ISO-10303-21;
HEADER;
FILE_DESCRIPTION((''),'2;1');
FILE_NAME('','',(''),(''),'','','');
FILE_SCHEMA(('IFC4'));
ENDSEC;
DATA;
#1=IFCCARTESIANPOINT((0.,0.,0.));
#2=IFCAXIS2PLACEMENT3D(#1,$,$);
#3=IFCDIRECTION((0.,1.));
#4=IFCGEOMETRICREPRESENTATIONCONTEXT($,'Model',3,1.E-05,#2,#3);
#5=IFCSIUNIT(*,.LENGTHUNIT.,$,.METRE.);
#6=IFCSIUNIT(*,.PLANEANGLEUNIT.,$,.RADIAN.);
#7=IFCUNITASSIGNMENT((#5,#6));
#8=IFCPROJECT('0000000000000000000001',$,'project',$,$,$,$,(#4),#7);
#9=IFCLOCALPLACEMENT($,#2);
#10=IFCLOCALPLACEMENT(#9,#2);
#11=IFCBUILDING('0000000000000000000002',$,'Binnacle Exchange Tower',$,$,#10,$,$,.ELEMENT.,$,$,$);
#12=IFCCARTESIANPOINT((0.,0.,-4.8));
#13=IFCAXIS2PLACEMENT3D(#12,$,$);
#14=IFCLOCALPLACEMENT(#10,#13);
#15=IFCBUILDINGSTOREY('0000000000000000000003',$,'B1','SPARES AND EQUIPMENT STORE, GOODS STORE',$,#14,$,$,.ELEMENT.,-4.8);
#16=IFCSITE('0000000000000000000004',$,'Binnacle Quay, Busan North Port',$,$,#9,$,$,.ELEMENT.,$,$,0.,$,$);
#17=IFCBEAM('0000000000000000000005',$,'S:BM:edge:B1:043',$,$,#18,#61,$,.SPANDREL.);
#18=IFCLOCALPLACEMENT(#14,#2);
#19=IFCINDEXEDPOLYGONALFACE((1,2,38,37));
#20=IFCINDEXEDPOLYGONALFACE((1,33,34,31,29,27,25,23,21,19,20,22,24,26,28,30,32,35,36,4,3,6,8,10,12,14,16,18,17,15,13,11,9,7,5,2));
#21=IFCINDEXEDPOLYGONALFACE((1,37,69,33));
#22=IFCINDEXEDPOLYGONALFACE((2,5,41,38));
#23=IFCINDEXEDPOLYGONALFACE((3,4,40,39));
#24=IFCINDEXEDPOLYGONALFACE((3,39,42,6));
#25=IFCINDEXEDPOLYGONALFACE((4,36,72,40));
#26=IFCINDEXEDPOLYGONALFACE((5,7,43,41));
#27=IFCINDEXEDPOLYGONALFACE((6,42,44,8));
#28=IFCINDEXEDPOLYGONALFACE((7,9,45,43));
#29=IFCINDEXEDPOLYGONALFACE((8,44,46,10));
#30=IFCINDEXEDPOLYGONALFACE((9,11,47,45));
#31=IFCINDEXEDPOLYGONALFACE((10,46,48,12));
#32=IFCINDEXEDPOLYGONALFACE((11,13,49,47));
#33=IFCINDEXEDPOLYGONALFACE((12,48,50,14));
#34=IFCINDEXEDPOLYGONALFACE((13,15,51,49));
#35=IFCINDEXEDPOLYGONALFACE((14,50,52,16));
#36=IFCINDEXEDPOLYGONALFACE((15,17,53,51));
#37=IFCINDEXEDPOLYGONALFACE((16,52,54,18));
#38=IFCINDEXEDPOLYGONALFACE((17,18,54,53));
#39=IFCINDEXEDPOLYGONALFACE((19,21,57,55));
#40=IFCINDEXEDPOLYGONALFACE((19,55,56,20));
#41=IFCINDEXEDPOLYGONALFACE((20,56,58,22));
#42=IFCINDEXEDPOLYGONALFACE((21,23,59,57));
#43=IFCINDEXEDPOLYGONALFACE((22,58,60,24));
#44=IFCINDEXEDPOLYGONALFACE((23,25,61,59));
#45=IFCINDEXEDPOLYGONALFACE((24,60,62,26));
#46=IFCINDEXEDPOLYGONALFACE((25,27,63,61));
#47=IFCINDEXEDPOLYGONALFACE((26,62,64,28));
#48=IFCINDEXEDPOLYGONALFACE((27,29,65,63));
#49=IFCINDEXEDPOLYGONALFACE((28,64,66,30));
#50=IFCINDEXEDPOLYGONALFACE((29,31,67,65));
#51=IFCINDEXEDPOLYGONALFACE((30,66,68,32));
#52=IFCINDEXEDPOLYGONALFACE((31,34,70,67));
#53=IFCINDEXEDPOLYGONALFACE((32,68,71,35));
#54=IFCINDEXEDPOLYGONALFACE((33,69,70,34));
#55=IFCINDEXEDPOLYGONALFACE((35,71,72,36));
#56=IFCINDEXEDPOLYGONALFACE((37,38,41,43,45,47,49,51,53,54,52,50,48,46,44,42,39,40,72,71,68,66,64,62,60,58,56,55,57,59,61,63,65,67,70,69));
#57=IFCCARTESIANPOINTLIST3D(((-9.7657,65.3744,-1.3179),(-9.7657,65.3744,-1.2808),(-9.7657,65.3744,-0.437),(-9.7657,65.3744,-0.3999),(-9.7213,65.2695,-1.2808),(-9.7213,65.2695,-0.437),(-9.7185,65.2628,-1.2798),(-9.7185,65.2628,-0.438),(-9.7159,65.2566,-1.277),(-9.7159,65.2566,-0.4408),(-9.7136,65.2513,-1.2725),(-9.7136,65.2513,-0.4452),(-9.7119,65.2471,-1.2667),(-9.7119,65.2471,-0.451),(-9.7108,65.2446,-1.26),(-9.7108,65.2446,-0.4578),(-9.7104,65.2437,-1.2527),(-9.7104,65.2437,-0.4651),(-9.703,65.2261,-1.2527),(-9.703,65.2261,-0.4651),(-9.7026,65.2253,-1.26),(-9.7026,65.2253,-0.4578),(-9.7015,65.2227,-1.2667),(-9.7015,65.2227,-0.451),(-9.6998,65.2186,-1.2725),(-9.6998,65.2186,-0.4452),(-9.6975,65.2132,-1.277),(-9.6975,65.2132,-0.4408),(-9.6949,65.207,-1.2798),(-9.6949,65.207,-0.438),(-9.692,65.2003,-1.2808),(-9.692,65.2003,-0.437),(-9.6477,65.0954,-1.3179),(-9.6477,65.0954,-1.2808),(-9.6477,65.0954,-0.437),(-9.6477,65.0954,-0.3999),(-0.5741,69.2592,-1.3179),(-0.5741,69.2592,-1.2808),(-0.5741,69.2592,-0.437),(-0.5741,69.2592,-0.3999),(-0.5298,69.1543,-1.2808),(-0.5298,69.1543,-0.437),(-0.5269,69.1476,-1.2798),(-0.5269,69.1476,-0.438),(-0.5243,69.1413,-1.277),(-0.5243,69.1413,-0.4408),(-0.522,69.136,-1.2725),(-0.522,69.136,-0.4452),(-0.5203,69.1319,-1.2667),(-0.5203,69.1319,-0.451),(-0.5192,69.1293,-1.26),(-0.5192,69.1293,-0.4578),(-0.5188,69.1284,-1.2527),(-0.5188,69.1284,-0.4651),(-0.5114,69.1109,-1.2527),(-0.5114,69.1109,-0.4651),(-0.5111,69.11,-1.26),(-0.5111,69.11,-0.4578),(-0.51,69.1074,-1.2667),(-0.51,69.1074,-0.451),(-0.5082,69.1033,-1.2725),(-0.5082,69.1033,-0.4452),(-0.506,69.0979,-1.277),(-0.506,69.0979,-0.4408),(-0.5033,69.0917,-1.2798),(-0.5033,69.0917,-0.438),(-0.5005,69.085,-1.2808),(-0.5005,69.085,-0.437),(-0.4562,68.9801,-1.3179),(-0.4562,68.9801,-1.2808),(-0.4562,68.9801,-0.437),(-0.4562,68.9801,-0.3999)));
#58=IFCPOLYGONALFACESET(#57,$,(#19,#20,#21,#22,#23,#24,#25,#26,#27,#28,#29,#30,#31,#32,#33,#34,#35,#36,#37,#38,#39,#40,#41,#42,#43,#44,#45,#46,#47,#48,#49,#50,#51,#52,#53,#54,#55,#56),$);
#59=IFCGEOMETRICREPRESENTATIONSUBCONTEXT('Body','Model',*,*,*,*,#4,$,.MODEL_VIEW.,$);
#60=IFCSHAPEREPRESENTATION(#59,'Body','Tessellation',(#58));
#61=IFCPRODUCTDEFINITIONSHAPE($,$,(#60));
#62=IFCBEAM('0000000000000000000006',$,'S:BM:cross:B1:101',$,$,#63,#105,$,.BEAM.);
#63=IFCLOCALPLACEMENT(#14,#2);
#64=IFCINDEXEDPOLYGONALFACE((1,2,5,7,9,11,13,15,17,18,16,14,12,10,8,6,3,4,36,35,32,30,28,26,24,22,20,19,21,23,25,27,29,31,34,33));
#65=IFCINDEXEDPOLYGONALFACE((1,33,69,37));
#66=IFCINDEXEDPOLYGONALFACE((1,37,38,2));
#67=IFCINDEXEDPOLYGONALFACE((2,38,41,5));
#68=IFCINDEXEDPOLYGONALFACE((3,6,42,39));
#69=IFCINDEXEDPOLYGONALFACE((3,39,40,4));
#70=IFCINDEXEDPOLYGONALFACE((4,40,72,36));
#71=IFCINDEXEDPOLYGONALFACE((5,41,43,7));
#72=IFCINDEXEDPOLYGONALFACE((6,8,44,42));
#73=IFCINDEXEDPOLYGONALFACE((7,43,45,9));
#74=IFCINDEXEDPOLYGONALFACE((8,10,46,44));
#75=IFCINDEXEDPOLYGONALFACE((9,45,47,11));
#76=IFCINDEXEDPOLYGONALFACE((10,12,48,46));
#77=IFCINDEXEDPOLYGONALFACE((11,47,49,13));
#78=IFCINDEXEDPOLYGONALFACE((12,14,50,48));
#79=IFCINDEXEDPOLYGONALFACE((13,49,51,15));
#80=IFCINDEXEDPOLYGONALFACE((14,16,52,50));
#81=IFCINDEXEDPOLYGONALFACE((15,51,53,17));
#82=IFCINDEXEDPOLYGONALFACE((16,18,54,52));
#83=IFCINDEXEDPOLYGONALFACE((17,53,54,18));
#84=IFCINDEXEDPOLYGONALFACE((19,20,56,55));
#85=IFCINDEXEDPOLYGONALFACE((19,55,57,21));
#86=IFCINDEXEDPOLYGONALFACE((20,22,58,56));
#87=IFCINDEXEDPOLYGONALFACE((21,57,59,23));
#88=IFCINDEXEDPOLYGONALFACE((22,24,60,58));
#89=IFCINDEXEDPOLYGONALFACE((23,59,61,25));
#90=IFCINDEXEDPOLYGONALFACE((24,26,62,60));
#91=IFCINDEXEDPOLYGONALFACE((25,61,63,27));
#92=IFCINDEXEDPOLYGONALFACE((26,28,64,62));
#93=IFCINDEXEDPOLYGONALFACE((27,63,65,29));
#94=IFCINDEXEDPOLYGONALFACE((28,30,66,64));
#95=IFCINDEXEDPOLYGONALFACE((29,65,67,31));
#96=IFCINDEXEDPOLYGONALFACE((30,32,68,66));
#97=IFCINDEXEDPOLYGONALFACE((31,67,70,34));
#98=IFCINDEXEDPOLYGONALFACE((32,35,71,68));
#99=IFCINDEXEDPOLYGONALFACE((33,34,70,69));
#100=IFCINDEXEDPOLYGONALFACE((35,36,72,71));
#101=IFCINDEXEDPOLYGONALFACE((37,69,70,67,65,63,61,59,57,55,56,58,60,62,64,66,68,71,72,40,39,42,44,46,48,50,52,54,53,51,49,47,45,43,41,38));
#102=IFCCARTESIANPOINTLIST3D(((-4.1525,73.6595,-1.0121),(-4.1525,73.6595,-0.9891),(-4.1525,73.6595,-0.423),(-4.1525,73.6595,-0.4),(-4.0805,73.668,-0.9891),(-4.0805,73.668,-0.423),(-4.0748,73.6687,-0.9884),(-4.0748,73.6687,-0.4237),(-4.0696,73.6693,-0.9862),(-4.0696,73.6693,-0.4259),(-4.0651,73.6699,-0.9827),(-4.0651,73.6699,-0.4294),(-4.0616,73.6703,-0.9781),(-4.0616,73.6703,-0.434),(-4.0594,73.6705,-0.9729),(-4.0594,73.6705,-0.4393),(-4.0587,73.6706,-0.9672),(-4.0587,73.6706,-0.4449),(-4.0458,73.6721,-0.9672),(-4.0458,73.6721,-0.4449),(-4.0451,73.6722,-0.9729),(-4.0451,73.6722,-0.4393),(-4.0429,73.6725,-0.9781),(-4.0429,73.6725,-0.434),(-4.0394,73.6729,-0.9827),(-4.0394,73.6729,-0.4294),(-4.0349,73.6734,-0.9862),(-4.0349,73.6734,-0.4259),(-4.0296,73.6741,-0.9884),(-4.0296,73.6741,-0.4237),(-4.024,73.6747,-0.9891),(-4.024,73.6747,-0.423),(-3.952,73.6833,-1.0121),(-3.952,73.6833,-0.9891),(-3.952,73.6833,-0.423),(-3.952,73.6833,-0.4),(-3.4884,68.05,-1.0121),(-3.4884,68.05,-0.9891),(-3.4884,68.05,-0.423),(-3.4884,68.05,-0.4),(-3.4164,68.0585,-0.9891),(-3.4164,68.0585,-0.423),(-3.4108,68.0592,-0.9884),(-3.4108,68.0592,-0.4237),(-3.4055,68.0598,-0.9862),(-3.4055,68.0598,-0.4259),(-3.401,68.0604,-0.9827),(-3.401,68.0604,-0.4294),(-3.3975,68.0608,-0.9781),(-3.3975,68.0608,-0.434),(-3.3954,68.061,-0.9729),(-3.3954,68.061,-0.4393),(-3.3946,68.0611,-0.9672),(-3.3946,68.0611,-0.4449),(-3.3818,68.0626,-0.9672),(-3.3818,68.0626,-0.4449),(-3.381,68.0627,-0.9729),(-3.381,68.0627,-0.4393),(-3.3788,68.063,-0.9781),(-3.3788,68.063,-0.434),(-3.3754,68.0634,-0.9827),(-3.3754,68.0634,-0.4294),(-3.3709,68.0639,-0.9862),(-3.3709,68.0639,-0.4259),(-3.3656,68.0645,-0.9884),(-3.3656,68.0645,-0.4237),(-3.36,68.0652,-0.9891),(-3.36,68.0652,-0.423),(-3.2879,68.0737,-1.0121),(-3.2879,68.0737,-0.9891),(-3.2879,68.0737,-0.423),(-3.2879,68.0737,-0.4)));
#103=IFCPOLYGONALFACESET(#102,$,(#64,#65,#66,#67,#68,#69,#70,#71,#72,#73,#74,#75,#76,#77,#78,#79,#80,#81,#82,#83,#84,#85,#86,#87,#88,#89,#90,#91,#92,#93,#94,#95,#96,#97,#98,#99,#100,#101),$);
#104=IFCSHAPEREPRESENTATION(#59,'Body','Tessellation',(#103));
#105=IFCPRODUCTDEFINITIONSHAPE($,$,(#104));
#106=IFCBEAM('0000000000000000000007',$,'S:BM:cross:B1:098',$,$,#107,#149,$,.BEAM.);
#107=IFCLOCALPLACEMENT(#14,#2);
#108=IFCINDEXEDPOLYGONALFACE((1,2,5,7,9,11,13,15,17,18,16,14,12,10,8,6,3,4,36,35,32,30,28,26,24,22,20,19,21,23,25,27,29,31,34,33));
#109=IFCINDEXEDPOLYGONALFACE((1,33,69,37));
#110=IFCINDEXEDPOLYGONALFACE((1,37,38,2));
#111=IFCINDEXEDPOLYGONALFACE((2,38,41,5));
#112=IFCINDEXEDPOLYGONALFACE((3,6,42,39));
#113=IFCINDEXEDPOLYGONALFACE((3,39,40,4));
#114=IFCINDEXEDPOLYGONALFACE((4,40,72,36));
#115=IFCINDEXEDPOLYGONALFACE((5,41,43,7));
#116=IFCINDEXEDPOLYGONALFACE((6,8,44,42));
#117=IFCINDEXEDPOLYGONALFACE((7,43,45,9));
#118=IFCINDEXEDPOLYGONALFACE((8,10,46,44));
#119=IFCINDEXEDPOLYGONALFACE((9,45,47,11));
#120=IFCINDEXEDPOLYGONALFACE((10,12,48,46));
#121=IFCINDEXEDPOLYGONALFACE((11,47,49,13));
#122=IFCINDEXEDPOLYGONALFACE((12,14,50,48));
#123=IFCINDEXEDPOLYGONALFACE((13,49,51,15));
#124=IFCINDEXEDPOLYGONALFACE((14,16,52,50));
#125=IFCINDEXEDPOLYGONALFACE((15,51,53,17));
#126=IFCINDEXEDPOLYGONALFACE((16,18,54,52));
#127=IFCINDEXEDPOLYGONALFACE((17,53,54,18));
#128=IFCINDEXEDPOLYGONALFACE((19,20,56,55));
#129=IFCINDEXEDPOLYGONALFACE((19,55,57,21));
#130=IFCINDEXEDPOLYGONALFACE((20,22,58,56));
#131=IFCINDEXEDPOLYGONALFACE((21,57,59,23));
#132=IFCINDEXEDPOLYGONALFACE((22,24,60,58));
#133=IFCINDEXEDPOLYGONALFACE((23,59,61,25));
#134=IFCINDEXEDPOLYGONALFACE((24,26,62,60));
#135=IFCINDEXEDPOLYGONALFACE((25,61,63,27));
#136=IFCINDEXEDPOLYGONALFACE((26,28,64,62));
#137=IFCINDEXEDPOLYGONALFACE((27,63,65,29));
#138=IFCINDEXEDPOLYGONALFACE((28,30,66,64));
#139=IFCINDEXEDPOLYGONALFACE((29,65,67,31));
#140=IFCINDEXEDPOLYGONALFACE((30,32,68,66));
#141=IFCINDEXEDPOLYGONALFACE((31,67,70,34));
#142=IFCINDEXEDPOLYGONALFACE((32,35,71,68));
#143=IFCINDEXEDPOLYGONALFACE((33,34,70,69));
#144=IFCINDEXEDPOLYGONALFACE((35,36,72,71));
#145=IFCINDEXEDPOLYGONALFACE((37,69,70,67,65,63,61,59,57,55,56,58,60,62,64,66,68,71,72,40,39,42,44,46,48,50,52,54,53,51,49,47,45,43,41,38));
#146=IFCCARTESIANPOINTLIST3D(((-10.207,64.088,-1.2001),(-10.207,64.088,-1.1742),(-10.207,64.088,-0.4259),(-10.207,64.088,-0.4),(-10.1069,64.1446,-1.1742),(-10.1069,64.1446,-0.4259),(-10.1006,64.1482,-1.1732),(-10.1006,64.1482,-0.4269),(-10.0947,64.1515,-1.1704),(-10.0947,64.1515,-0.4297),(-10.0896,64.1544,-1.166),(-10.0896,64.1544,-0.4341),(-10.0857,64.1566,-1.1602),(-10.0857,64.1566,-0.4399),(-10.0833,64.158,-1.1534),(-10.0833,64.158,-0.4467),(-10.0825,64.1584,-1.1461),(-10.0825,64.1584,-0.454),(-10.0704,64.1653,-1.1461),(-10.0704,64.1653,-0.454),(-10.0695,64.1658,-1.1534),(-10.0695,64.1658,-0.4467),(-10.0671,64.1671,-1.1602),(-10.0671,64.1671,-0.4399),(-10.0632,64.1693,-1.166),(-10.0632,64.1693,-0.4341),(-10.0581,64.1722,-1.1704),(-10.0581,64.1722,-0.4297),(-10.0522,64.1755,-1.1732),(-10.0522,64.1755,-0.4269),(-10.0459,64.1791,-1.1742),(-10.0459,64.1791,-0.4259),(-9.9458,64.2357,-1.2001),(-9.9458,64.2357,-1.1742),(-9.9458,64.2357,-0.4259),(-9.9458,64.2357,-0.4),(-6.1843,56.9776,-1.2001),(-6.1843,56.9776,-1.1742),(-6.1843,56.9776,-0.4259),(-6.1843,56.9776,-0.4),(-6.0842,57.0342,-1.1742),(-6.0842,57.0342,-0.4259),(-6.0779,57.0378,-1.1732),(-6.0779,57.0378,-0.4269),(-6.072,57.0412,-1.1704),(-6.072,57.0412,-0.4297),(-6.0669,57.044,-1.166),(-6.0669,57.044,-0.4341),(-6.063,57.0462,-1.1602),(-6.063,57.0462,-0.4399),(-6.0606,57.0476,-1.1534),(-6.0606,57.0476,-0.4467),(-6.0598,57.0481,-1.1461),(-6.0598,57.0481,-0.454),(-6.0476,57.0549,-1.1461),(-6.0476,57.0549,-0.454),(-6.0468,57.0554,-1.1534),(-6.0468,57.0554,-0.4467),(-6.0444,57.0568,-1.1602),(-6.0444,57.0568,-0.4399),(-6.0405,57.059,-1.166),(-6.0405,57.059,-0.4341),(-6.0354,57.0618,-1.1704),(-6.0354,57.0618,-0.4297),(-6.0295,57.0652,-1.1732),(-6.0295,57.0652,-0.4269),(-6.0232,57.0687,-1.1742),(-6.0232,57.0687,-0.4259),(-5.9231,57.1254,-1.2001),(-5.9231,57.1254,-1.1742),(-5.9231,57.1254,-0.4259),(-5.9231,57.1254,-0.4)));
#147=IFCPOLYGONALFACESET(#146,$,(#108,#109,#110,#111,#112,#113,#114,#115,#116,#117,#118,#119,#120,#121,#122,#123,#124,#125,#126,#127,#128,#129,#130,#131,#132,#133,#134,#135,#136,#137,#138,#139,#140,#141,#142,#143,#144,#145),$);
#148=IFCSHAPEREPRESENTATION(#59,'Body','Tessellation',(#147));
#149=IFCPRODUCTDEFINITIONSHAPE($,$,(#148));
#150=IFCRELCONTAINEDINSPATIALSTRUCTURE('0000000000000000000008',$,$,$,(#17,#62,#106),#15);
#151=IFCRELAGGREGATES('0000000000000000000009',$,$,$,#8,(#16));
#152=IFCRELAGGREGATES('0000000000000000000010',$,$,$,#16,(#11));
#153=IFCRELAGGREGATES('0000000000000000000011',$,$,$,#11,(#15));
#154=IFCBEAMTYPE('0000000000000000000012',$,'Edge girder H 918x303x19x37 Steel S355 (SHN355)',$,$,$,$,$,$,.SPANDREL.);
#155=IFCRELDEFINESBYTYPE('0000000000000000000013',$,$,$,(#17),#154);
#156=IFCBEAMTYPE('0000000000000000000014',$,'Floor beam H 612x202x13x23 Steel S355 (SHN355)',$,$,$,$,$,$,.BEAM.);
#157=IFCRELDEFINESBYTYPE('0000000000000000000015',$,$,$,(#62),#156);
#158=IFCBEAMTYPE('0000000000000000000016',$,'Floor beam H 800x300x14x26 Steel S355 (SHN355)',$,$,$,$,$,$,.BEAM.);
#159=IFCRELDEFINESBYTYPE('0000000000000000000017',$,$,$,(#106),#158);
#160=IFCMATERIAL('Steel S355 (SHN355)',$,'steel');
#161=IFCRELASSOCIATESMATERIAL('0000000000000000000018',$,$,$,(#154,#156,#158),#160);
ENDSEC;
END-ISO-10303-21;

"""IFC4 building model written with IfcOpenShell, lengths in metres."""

from ifc_helpers import new_model, si_unit, direction, frame, origin, origin_2d, place, context, subcontext, project, spatial, i_section, extrude, material, material_profile, profile_set, type_object, element, save


model = new_model("IFC4")

# Units and contexts
model_context = context("Model", 3, precision=1e-05, world=origin(), true_north=direction((0.0, 1.0)))
body_context = subcontext(model_context, "Body", "Model", "MODEL_VIEW")
ifc_project = project(units=[si_unit("LENGTHUNIT", "METRE"), si_unit("PLANEANGLEUNIT", "RADIAN")], contexts=[model_context])

# Site, building, storey
site_placement = place(None, origin())
site = spatial("IfcSite", under=ifc_project, at=site_placement, Name="Binnacle Quay, Busan North Port", CompositionType="ELEMENT", RefElevation=0.0)
building_placement = place(site_placement, origin())
building = spatial("IfcBuilding", under=site, at=building_placement, Name="Binnacle Exchange Tower", CompositionType="ELEMENT")
storey_placement = place(building_placement, frame((0.0, 0.0, -4.8)))
storey = spatial("IfcBuildingStorey", under=building, at=storey_placement, Name="B1", Description="SPARES AND EQUIPMENT STORE, GOODS STORE", CompositionType="ELEMENT", Elevation=-4.8)

# Beams
ifc_material_1 = material(Name="Steel S355 (SHN355)", Category="steel")
ifc_material_profile_1 = material_profile(ifc_material_1, i_section(OverallWidth=0.303, OverallDepth=0.918, WebThickness=0.019, FlangeThickness=0.0371, FilletRadius=0.0281, at=origin_2d()), Name="H 918x303x19x37")
ifc_profile_set_1 = profile_set([ifc_material_profile_1], Name="Steel S355 (SHN355)")
beam_type_1 = type_object("IfcBeamType", Name="Edge girder H 918x303x19x37 Steel S355 (SHN355)", PredefinedType="SPANDREL", material=ifc_profile_set_1)
beam_1_placement = place(storey_placement, frame((-0.5151, 69.1196, -0.8589), z_axis=(-0.921111, -0.389299, 0.0), x_axis=(0.389299, -0.921111, 0.0)))
element("IfcBeam", 1, at=beam_1_placement, inside=storey, type_object=beam_type_1, Name="S:BM:edge:B1:043", PredefinedType="SPANDREL", context=body_context, shape_type="SweptSolid", body=[
    extrude(i_section(OverallWidth=0.303, OverallDepth=0.918, WebThickness=0.019, FlangeThickness=0.0371, FilletRadius=0.0281, at=origin_2d()), origin(), (0.0, 0.0, 1.0), 9.9788),
])
ifc_material_profile_2 = material_profile(ifc_material_1, i_section(OverallWidth=0.2019, OverallDepth=0.6121, WebThickness=0.0129, FlangeThickness=0.0229, FilletRadius=0.022, at=origin_2d()), Name="H 612x202x13x23")
ifc_profile_set_2 = profile_set([ifc_material_profile_2], Name="Steel S355 (SHN355)")
beam_type_2 = type_object("IfcBeamType", Name="Floor beam H 612x202x13x23 Steel S355 (SHN355)", PredefinedType="BEAM", material=ifc_profile_set_2)
beam_2_placement = place(storey_placement, frame((-4.0522, 73.6714, -0.7061), z_axis=(0.117558, -0.993066, 0.0), x_axis=(0.993066, 0.117558, 0.0)))
element("IfcBeam", 2, at=beam_2_placement, inside=storey, type_object=beam_type_2, Name="S:BM:cross:B1:101", PredefinedType="BEAM", context=body_context, shape_type="SweptSolid", body=[
    extrude(i_section(OverallWidth=0.2019, OverallDepth=0.6121, WebThickness=0.0129, FlangeThickness=0.0229, FilletRadius=0.022, at=origin_2d()), origin(), (0.0, 0.0, 1.0), 5.6487),
])
ifc_material_profile_3 = material_profile(ifc_material_1, i_section(OverallWidth=0.3, OverallDepth=0.8, WebThickness=0.0139, FlangeThickness=0.0259, FilletRadius=0.0281, at=origin_2d()), Name="H 800x300x14x26")
ifc_profile_set_3 = profile_set([ifc_material_profile_3], Name="Steel S355 (SHN355)")
beam_type_3 = type_object("IfcBeamType", Name="Floor beam H 800x300x14x26 Steel S355 (SHN355)", PredefinedType="BEAM", material=ifc_profile_set_3)
beam_3_placement = place(storey_placement, frame((-10.0764, 64.1619, -0.8), z_axis=(0.492411, -0.870363, 0.0), x_axis=(0.870363, 0.492411, 0.0)))
element("IfcBeam", 3, at=beam_3_placement, inside=storey, type_object=beam_type_3, Name="S:BM:cross:B1:098", PredefinedType="BEAM", context=body_context, shape_type="SweptSolid", body=[
    extrude(i_section(OverallWidth=0.3, OverallDepth=0.8, WebThickness=0.0139, FlangeThickness=0.0259, FilletRadius=0.0281, at=origin_2d()), origin(), (0.0, 0.0, 1.0), 8.1694),
])

save(model, "model.ifc")
